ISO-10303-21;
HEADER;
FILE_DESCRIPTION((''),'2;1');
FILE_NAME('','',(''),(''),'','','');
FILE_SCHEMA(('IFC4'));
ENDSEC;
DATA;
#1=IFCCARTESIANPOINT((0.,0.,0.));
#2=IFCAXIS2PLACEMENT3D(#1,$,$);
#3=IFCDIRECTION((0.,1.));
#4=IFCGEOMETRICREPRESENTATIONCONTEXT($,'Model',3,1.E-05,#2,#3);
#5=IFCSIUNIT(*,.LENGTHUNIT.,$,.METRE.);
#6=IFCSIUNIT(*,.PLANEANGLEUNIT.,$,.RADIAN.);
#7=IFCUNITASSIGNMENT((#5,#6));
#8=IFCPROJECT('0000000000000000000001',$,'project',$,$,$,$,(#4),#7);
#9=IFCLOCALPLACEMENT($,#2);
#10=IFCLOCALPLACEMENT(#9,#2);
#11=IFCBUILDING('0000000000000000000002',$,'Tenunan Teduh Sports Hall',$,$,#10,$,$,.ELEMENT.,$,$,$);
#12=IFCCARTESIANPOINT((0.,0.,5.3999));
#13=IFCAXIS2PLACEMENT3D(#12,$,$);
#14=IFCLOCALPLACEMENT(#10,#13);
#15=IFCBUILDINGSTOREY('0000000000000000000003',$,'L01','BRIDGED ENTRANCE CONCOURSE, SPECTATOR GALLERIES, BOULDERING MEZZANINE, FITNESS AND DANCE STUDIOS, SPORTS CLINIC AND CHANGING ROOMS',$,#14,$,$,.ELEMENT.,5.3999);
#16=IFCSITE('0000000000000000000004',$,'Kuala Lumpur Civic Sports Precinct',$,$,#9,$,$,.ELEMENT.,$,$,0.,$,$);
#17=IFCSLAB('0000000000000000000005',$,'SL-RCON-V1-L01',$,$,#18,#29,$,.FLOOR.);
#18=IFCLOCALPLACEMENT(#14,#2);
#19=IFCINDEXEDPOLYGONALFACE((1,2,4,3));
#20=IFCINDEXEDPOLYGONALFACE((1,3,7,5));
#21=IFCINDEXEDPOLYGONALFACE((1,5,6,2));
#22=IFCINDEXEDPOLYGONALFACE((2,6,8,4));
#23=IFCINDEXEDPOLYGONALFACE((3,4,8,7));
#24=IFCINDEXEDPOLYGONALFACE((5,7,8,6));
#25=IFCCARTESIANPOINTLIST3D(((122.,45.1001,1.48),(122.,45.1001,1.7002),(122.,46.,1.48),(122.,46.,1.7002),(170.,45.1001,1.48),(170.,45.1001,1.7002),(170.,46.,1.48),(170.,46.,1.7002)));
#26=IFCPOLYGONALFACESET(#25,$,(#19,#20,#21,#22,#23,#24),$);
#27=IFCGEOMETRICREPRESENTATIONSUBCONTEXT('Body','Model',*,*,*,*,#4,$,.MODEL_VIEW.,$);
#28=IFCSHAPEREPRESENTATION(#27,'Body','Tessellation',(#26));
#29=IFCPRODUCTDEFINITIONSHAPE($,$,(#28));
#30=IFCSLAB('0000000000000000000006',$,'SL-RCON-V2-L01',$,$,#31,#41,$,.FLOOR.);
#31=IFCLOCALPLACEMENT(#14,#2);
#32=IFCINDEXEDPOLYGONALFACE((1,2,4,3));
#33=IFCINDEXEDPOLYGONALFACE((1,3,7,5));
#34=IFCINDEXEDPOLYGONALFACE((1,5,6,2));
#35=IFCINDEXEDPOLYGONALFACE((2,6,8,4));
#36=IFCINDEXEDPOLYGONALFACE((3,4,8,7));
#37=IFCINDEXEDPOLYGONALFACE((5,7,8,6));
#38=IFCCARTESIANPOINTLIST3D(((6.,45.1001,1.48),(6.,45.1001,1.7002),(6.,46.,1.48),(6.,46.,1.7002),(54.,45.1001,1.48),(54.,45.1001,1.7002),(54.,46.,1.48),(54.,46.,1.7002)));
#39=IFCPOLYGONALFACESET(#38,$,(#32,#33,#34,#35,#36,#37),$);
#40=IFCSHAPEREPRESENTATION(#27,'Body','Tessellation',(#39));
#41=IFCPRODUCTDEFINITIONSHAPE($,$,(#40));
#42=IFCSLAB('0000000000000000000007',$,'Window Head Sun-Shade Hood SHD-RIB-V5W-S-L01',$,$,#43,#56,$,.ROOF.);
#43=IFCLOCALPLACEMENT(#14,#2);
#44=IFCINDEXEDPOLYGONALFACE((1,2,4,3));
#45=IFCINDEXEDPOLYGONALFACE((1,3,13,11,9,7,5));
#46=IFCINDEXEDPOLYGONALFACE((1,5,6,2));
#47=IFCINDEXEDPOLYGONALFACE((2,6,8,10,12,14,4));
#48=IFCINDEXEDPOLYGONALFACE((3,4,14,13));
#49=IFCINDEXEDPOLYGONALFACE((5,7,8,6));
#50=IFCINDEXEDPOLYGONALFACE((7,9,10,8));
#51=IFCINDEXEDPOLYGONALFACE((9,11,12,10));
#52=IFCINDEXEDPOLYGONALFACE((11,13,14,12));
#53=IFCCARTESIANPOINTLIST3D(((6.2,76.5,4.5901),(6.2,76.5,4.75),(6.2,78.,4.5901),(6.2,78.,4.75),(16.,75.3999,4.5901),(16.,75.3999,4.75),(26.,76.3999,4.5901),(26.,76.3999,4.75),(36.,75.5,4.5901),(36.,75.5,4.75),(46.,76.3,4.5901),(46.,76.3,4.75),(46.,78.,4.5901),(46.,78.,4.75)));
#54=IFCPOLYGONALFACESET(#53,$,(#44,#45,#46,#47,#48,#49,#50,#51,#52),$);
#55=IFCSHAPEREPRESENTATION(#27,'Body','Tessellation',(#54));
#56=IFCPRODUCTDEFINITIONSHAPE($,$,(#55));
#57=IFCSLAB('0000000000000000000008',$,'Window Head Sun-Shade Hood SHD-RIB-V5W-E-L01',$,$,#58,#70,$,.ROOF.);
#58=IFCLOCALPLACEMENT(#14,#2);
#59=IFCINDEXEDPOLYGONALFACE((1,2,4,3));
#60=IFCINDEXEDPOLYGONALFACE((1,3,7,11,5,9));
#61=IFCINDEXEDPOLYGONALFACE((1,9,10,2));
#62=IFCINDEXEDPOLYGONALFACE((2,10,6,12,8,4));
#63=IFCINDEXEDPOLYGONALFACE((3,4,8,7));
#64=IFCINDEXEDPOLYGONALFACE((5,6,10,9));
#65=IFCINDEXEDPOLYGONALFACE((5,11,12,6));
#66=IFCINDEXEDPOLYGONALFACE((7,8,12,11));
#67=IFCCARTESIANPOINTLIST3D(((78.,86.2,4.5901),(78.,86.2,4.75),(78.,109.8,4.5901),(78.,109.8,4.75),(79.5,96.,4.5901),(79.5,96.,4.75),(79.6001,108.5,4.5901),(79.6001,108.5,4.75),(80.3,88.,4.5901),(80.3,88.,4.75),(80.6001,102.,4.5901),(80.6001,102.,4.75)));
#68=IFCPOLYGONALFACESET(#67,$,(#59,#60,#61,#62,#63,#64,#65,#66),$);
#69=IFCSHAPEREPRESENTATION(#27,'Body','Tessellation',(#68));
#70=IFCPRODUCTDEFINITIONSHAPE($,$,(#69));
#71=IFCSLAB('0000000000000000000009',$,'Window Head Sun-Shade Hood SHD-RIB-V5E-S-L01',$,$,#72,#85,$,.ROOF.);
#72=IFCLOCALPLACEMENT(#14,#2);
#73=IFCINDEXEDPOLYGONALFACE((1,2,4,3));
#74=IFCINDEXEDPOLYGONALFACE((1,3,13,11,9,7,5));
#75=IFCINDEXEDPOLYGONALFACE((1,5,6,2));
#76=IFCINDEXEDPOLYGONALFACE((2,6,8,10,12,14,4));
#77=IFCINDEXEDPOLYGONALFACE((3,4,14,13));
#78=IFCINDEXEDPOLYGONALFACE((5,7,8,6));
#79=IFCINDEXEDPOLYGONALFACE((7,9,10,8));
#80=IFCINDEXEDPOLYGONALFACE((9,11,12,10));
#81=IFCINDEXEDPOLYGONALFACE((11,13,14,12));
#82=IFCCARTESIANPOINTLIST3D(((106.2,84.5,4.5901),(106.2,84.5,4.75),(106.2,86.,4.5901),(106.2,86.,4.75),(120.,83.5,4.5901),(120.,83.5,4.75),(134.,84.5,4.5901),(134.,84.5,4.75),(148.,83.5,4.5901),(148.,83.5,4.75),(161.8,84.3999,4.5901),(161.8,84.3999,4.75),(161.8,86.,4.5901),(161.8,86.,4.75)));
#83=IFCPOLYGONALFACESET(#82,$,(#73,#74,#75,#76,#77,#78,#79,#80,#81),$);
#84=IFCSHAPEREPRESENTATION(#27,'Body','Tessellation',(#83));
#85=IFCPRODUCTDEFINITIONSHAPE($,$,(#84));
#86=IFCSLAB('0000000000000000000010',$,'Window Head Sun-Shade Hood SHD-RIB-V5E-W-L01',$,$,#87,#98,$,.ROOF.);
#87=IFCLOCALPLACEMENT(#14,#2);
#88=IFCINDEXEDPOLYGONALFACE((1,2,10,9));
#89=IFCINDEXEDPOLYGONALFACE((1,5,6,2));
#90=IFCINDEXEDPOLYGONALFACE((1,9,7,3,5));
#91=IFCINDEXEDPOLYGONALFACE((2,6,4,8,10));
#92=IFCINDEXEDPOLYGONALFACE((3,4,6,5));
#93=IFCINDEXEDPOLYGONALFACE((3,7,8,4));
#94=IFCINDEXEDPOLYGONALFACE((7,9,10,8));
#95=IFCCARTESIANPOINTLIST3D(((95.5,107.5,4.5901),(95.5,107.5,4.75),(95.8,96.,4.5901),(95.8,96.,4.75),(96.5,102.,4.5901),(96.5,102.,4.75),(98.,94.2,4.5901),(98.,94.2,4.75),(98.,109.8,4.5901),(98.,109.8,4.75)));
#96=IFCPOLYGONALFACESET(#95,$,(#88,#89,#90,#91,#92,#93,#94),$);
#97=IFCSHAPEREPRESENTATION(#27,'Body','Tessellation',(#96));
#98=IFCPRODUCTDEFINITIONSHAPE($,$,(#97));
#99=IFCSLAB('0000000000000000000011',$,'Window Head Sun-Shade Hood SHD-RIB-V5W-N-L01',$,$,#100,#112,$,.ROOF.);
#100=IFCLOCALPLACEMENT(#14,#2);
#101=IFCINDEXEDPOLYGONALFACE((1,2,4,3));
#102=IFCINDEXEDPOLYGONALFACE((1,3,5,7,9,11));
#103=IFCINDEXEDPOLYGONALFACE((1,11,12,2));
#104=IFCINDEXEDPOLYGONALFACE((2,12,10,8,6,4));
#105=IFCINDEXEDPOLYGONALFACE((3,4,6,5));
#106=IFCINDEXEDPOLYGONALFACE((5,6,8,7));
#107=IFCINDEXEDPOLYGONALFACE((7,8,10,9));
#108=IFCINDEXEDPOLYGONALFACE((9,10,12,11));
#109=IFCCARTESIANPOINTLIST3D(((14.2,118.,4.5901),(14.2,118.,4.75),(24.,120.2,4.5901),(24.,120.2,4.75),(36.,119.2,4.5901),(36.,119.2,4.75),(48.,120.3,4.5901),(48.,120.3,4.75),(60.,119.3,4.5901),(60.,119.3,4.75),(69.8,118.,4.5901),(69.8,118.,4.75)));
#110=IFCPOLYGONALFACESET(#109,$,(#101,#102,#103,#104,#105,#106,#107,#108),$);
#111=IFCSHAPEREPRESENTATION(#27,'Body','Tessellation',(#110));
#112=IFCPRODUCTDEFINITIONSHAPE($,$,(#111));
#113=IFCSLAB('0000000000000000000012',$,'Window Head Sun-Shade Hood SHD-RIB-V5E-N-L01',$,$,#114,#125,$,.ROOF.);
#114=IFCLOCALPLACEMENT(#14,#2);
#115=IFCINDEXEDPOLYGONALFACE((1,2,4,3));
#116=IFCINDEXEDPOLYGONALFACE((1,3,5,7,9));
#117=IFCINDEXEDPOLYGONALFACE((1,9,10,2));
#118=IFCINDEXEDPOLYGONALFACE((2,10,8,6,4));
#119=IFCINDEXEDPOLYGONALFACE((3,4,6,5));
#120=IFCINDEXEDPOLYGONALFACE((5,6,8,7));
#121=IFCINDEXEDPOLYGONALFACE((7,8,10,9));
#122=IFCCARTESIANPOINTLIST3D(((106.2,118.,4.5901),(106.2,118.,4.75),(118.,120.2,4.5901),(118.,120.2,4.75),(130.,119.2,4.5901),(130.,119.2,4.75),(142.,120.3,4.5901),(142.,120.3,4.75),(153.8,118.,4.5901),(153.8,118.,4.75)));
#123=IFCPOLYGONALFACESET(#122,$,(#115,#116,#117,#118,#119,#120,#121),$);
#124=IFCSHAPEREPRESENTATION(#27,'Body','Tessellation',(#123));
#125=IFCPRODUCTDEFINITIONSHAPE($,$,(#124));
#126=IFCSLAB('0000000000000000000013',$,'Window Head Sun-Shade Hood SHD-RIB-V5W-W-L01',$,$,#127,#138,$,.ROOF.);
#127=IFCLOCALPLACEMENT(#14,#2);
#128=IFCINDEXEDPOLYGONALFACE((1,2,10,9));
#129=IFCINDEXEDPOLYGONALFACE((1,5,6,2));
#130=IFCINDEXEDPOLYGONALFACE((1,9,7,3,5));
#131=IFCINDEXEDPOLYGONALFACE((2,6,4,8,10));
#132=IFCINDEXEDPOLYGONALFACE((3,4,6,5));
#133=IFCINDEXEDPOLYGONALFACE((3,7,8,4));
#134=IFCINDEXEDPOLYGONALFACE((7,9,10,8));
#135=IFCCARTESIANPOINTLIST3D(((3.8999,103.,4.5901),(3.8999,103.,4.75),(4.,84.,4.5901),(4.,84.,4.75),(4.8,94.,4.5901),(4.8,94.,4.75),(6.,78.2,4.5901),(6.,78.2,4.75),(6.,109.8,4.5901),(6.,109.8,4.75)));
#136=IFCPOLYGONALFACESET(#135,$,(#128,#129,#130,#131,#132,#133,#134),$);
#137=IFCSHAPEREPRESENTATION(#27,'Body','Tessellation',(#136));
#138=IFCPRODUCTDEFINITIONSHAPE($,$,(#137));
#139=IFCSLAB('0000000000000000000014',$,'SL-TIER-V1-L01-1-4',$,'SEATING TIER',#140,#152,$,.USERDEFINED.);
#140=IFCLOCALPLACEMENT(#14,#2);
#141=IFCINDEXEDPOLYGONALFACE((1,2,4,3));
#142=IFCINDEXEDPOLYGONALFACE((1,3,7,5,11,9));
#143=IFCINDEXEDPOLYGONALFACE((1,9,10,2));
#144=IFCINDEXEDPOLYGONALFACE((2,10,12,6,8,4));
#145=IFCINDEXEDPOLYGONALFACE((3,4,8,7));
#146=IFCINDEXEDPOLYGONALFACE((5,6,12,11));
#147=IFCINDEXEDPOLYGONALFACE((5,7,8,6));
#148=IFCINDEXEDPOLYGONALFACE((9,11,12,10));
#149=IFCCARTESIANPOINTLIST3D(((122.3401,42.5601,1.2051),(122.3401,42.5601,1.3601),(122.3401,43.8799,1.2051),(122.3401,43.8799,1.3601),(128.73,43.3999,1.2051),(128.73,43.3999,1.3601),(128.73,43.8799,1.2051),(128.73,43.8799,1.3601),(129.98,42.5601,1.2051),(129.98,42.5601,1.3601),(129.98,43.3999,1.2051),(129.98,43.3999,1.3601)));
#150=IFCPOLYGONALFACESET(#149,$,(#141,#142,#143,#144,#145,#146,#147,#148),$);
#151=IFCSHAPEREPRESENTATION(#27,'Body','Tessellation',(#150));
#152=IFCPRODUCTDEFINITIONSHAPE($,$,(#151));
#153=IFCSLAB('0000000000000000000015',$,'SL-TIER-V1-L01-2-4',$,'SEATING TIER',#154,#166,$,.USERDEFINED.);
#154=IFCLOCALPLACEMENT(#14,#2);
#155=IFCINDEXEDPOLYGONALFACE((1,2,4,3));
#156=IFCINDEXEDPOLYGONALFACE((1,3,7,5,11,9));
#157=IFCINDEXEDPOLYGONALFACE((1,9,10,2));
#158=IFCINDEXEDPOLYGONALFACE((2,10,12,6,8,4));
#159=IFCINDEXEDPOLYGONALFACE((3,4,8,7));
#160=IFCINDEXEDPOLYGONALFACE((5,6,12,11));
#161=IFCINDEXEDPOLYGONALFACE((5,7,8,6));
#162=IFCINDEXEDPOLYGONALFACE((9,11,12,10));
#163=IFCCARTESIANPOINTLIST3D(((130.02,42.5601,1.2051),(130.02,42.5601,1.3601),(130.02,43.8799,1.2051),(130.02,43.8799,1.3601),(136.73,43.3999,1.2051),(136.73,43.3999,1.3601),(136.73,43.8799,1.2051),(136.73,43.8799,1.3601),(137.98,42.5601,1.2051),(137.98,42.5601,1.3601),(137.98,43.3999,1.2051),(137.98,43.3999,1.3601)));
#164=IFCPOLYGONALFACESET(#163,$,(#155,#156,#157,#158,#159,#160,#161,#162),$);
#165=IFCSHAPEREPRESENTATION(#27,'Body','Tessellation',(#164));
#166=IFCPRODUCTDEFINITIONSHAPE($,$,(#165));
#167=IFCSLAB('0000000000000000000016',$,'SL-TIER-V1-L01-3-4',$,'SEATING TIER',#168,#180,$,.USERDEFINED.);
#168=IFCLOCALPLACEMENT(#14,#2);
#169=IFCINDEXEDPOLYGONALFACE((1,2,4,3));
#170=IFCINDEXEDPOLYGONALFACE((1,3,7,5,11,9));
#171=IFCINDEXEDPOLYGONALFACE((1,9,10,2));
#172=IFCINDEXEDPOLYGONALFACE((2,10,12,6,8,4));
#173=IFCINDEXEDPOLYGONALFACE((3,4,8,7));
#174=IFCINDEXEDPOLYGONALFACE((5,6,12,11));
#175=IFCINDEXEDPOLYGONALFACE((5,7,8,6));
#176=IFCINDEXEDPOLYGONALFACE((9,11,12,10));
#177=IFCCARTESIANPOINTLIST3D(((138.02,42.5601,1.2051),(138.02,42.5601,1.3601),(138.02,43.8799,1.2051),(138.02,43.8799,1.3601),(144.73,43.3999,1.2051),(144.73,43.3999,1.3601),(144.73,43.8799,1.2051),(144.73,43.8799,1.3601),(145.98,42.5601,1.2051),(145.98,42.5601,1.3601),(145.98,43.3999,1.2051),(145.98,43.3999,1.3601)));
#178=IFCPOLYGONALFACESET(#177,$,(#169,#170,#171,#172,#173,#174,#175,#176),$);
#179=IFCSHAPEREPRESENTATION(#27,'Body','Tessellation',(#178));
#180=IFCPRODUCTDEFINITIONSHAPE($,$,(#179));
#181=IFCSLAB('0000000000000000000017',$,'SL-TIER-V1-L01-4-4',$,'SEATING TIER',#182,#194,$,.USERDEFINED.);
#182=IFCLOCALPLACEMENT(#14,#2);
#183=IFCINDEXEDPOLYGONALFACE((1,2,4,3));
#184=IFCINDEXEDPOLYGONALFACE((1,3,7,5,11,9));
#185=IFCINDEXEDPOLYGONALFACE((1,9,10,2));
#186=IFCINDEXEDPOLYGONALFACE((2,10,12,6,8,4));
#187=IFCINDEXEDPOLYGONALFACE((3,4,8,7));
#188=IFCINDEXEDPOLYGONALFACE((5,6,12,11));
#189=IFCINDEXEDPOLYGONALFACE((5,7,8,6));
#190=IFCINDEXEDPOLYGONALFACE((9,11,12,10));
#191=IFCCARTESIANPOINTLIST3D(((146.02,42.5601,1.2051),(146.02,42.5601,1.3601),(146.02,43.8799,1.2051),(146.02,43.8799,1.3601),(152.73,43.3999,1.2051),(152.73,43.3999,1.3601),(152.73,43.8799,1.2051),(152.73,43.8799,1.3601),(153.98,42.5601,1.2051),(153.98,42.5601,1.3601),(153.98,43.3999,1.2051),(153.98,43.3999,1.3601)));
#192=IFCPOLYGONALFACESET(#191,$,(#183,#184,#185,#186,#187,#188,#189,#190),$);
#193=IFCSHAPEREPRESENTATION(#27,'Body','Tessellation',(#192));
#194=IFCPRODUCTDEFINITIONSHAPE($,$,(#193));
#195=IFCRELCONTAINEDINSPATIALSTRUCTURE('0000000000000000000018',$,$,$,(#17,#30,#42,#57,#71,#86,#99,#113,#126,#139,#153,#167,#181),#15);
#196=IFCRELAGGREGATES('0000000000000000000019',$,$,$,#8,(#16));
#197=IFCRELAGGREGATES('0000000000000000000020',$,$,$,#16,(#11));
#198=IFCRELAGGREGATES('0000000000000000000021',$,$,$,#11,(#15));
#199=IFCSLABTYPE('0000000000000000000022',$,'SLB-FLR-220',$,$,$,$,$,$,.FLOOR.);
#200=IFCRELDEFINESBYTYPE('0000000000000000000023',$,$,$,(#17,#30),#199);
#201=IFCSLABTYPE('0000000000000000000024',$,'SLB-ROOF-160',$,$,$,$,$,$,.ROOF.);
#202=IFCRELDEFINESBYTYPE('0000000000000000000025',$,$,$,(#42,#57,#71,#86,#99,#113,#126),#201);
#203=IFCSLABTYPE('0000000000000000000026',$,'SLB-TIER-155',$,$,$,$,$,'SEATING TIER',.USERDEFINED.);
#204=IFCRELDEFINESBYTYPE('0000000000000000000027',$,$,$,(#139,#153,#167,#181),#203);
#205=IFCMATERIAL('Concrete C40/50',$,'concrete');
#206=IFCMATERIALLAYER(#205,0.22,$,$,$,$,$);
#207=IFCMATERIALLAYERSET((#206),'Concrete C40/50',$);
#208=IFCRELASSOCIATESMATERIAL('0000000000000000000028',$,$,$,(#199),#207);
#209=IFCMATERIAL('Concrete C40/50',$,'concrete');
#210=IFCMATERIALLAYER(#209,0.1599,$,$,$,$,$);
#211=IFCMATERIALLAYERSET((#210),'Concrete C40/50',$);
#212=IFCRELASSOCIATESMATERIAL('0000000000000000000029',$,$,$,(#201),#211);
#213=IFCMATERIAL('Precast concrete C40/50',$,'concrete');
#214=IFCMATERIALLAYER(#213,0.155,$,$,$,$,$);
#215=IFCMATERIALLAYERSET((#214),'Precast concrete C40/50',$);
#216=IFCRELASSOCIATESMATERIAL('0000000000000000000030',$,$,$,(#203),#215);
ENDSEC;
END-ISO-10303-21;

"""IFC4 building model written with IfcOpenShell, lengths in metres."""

from ifc_helpers import new_model, si_unit, direction, frame, origin, place, context, subcontext, project, spatial, polyline, outline, extrude, material, layer, layer_set, type_object, element, save


model = new_model("IFC4")

# Units and contexts
model_context = context("Model", 3, precision=1e-05, world=origin(), true_north=direction((0.0, 1.0)))
body_context = subcontext(model_context, "Body", "Model", "MODEL_VIEW")
ifc_project = project(units=[si_unit("LENGTHUNIT", "METRE"), si_unit("PLANEANGLEUNIT", "RADIAN")], contexts=[model_context])

# Site, building, storey
site_placement = place(None, origin())
site = spatial("IfcSite", under=ifc_project, at=site_placement, Name="Kuala Lumpur Civic Sports Precinct", CompositionType="ELEMENT", RefElevation=0.0)
building_placement = place(site_placement, origin())
building = spatial("IfcBuilding", under=site, at=building_placement, Name="Tenunan Teduh Sports Hall", CompositionType="ELEMENT")
storey_placement = place(building_placement, frame((0.0, 0.0, 5.3999)))
storey = spatial("IfcBuildingStorey", under=building, at=storey_placement, Name="L01", Description="BRIDGED ENTRANCE CONCOURSE, SPECTATOR GALLERIES, BOULDERING MEZZANINE, FITNESS AND DANCE STUDIOS, SPORTS CLINIC AND CHANGING ROOMS", CompositionType="ELEMENT", Elevation=5.3999)

# Slabs
ifc_material_1 = material(Name="Concrete C40/50", Category="concrete")
ifc_layer_1 = layer(ifc_material_1, 0.22)
ifc_layer_set_1 = layer_set([ifc_layer_1], Name="Concrete C40/50")
slab_type_1 = type_object("IfcSlabType", Name="SLB-FLR-220", PredefinedType="FLOOR", material=ifc_layer_set_1)
slab_1_placement = place(storey_placement, frame((0.0, 0.0, 1.48)))
element("IfcSlab", 1, at=slab_1_placement, inside=storey, type_object=slab_type_1, Name="SL-RCON-V1-L01", PredefinedType="FLOOR", context=body_context, shape_type="SweptSolid", body=[
    extrude(outline(polyline([(122.0, 45.1001), (170.0, 45.1001), (170.0, 46.0), (122.0, 46.0), (122.0, 45.1001)])), origin(), (0.0, 0.0, 1.0), 0.2202),
])
slab_2_placement = place(storey_placement, frame((0.0, 0.0, 1.48)))
element("IfcSlab", 2, at=slab_2_placement, inside=storey, type_object=slab_type_1, Name="SL-RCON-V2-L01", PredefinedType="FLOOR", context=body_context, shape_type="SweptSolid", body=[
    extrude(outline(polyline([(6.0, 45.1001), (54.0, 45.1001), (54.0, 46.0), (6.0, 46.0), (6.0, 45.1001)])), origin(), (0.0, 0.0, 1.0), 0.2202),
])
ifc_material_2 = material(Name="Concrete C40/50", Category="concrete")
ifc_layer_2 = layer(ifc_material_2, 0.1599)
ifc_layer_set_2 = layer_set([ifc_layer_2], Name="Concrete C40/50")
slab_type_2 = type_object("IfcSlabType", Name="SLB-ROOF-160", PredefinedType="ROOF", material=ifc_layer_set_2)
slab_3_placement = place(storey_placement, frame((0.0, 0.0, 4.5901)))
element("IfcSlab", 3, at=slab_3_placement, inside=storey, type_object=slab_type_2, Name="Window Head Sun-Shade Hood SHD-RIB-V5W-S-L01", PredefinedType="ROOF", context=body_context, shape_type="SweptSolid", body=[
    extrude(outline(polyline([(6.2, 78.0), (46.0, 78.0), (46.0, 76.3), (36.0, 75.5), (26.0, 76.3999), (16.0, 75.3999), (6.2, 76.5), (6.2, 78.0)])), origin(), (0.0, 0.0, 1.0), 0.1599),
])
slab_4_placement = place(storey_placement, frame((0.0, 0.0, 4.5901)))
element("IfcSlab", 4, at=slab_4_placement, inside=storey, type_object=slab_type_2, Name="Window Head Sun-Shade Hood SHD-RIB-V5W-E-L01", PredefinedType="ROOF", context=body_context, shape_type="SweptSolid", body=[
    extrude(outline(polyline([(78.0, 86.2), (80.3, 88.0), (79.5, 96.0), (80.6001, 102.0), (79.6001, 108.5), (78.0, 109.8), (78.0, 86.2)])), origin(), (0.0, 0.0, 1.0), 0.1599),
])
slab_5_placement = place(storey_placement, frame((0.0, 0.0, 4.5901)))
element("IfcSlab", 5, at=slab_5_placement, inside=storey, type_object=slab_type_2, Name="Window Head Sun-Shade Hood SHD-RIB-V5E-S-L01", PredefinedType="ROOF", context=body_context, shape_type="SweptSolid", body=[
    extrude(outline(polyline([(106.2, 86.0), (161.8, 86.0), (161.8, 84.3999), (148.0, 83.5), (134.0, 84.5), (120.0, 83.5), (106.2, 84.5), (106.2, 86.0)])), origin(), (0.0, 0.0, 1.0), 0.1599),
])
slab_6_placement = place(storey_placement, frame((0.0, 0.0, 4.5901)))
element("IfcSlab", 6, at=slab_6_placement, inside=storey, type_object=slab_type_2, Name="Window Head Sun-Shade Hood SHD-RIB-V5E-W-L01", PredefinedType="ROOF", context=body_context, shape_type="SweptSolid", body=[
    extrude(outline(polyline([(98.0, 94.2), (95.8, 96.0), (96.5, 102.0), (95.5, 107.5), (98.0, 109.8), (98.0, 94.2)])), origin(), (0.0, 0.0, 1.0), 0.1599),
])
slab_7_placement = place(storey_placement, frame((0.0, 0.0, 4.5901)))
element("IfcSlab", 7, at=slab_7_placement, inside=storey, type_object=slab_type_2, Name="Window Head Sun-Shade Hood SHD-RIB-V5W-N-L01", PredefinedType="ROOF", context=body_context, shape_type="SweptSolid", body=[
    extrude(outline(polyline([(14.2, 118.0), (24.0, 120.2), (36.0, 119.2), (48.0, 120.3), (60.0, 119.3), (69.8, 118.0), (14.2, 118.0)])), origin(), (0.0, 0.0, 1.0), 0.1599),
])
slab_8_placement = place(storey_placement, frame((0.0, 0.0, 4.5901)))
element("IfcSlab", 8, at=slab_8_placement, inside=storey, type_object=slab_type_2, Name="Window Head Sun-Shade Hood SHD-RIB-V5E-N-L01", PredefinedType="ROOF", context=body_context, shape_type="SweptSolid", body=[
    extrude(outline(polyline([(106.2, 118.0), (118.0, 120.2), (130.0, 119.2), (142.0, 120.3), (153.8, 118.0), (106.2, 118.0)])), origin(), (0.0, 0.0, 1.0), 0.1599),
])
slab_9_placement = place(storey_placement, frame((0.0, 0.0, 4.5901)))
element("IfcSlab", 9, at=slab_9_placement, inside=storey, type_object=slab_type_2, Name="Window Head Sun-Shade Hood SHD-RIB-V5W-W-L01", PredefinedType="ROOF", context=body_context, shape_type="SweptSolid", body=[
    extrude(outline(polyline([(6.0, 78.2), (4.0, 84.0), (4.8, 94.0), (3.8999, 103.0), (6.0, 109.8), (6.0, 78.2)])), origin(), (0.0, 0.0, 1.0), 0.1599),
])
ifc_material_3 = material(Name="Precast concrete C40/50", Category="concrete")
ifc_layer_3 = layer(ifc_material_3, 0.155)
ifc_layer_set_3 = layer_set([ifc_layer_3], Name="Precast concrete C40/50")
slab_type_3 = type_object("IfcSlabType", Name="SLB-TIER-155", ElementType="SEATING TIER", PredefinedType="USERDEFINED", material=ifc_layer_set_3)
slab_10_placement = place(storey_placement, frame((0.0, 0.0, 1.2051)))
element("IfcSlab", 10, at=slab_10_placement, inside=storey, type_object=slab_type_3, Name="SL-TIER-V1-L01-1-4", ObjectType="SEATING TIER", PredefinedType="USERDEFINED", context=body_context, shape_type="SweptSolid", body=[
    extrude(outline(polyline([(122.3401, 42.5601), (129.98, 42.5601), (129.98, 43.3999), (128.73, 43.3999), (128.73, 43.8799), (122.3401, 43.8799), (122.3401, 42.5601)])), origin(), (0.0, 0.0, 1.0), 0.155),
])
slab_11_placement = place(storey_placement, frame((0.0, 0.0, 1.2051)))
element("IfcSlab", 11, at=slab_11_placement, inside=storey, type_object=slab_type_3, Name="SL-TIER-V1-L01-2-4", ObjectType="SEATING TIER", PredefinedType="USERDEFINED", context=body_context, shape_type="SweptSolid", body=[
    extrude(outline(polyline([(130.02, 42.5601), (137.98, 42.5601), (137.98, 43.3999), (136.73, 43.3999), (136.73, 43.8799), (130.02, 43.8799), (130.02, 42.5601)])), origin(), (0.0, 0.0, 1.0), 0.155),
])
slab_12_placement = place(storey_placement, frame((0.0, 0.0, 1.2051)))
element("IfcSlab", 12, at=slab_12_placement, inside=storey, type_object=slab_type_3, Name="SL-TIER-V1-L01-3-4", ObjectType="SEATING TIER", PredefinedType="USERDEFINED", context=body_context, shape_type="SweptSolid", body=[
    extrude(outline(polyline([(138.02, 42.5601), (145.98, 42.5601), (145.98, 43.3999), (144.73, 43.3999), (144.73, 43.8799), (138.02, 43.8799), (138.02, 42.5601)])), origin(), (0.0, 0.0, 1.0), 0.155),
])
slab_13_placement = place(storey_placement, frame((0.0, 0.0, 1.2051)))
element("IfcSlab", 13, at=slab_13_placement, inside=storey, type_object=slab_type_3, Name="SL-TIER-V1-L01-4-4", ObjectType="SEATING TIER", PredefinedType="USERDEFINED", context=body_context, shape_type="SweptSolid", body=[
    extrude(outline(polyline([(146.02, 42.5601), (153.98, 42.5601), (153.98, 43.3999), (152.73, 43.3999), (152.73, 43.8799), (146.02, 43.8799), (146.02, 42.5601)])), origin(), (0.0, 0.0, 1.0), 0.155),
])

save(model, "model.ifc")
